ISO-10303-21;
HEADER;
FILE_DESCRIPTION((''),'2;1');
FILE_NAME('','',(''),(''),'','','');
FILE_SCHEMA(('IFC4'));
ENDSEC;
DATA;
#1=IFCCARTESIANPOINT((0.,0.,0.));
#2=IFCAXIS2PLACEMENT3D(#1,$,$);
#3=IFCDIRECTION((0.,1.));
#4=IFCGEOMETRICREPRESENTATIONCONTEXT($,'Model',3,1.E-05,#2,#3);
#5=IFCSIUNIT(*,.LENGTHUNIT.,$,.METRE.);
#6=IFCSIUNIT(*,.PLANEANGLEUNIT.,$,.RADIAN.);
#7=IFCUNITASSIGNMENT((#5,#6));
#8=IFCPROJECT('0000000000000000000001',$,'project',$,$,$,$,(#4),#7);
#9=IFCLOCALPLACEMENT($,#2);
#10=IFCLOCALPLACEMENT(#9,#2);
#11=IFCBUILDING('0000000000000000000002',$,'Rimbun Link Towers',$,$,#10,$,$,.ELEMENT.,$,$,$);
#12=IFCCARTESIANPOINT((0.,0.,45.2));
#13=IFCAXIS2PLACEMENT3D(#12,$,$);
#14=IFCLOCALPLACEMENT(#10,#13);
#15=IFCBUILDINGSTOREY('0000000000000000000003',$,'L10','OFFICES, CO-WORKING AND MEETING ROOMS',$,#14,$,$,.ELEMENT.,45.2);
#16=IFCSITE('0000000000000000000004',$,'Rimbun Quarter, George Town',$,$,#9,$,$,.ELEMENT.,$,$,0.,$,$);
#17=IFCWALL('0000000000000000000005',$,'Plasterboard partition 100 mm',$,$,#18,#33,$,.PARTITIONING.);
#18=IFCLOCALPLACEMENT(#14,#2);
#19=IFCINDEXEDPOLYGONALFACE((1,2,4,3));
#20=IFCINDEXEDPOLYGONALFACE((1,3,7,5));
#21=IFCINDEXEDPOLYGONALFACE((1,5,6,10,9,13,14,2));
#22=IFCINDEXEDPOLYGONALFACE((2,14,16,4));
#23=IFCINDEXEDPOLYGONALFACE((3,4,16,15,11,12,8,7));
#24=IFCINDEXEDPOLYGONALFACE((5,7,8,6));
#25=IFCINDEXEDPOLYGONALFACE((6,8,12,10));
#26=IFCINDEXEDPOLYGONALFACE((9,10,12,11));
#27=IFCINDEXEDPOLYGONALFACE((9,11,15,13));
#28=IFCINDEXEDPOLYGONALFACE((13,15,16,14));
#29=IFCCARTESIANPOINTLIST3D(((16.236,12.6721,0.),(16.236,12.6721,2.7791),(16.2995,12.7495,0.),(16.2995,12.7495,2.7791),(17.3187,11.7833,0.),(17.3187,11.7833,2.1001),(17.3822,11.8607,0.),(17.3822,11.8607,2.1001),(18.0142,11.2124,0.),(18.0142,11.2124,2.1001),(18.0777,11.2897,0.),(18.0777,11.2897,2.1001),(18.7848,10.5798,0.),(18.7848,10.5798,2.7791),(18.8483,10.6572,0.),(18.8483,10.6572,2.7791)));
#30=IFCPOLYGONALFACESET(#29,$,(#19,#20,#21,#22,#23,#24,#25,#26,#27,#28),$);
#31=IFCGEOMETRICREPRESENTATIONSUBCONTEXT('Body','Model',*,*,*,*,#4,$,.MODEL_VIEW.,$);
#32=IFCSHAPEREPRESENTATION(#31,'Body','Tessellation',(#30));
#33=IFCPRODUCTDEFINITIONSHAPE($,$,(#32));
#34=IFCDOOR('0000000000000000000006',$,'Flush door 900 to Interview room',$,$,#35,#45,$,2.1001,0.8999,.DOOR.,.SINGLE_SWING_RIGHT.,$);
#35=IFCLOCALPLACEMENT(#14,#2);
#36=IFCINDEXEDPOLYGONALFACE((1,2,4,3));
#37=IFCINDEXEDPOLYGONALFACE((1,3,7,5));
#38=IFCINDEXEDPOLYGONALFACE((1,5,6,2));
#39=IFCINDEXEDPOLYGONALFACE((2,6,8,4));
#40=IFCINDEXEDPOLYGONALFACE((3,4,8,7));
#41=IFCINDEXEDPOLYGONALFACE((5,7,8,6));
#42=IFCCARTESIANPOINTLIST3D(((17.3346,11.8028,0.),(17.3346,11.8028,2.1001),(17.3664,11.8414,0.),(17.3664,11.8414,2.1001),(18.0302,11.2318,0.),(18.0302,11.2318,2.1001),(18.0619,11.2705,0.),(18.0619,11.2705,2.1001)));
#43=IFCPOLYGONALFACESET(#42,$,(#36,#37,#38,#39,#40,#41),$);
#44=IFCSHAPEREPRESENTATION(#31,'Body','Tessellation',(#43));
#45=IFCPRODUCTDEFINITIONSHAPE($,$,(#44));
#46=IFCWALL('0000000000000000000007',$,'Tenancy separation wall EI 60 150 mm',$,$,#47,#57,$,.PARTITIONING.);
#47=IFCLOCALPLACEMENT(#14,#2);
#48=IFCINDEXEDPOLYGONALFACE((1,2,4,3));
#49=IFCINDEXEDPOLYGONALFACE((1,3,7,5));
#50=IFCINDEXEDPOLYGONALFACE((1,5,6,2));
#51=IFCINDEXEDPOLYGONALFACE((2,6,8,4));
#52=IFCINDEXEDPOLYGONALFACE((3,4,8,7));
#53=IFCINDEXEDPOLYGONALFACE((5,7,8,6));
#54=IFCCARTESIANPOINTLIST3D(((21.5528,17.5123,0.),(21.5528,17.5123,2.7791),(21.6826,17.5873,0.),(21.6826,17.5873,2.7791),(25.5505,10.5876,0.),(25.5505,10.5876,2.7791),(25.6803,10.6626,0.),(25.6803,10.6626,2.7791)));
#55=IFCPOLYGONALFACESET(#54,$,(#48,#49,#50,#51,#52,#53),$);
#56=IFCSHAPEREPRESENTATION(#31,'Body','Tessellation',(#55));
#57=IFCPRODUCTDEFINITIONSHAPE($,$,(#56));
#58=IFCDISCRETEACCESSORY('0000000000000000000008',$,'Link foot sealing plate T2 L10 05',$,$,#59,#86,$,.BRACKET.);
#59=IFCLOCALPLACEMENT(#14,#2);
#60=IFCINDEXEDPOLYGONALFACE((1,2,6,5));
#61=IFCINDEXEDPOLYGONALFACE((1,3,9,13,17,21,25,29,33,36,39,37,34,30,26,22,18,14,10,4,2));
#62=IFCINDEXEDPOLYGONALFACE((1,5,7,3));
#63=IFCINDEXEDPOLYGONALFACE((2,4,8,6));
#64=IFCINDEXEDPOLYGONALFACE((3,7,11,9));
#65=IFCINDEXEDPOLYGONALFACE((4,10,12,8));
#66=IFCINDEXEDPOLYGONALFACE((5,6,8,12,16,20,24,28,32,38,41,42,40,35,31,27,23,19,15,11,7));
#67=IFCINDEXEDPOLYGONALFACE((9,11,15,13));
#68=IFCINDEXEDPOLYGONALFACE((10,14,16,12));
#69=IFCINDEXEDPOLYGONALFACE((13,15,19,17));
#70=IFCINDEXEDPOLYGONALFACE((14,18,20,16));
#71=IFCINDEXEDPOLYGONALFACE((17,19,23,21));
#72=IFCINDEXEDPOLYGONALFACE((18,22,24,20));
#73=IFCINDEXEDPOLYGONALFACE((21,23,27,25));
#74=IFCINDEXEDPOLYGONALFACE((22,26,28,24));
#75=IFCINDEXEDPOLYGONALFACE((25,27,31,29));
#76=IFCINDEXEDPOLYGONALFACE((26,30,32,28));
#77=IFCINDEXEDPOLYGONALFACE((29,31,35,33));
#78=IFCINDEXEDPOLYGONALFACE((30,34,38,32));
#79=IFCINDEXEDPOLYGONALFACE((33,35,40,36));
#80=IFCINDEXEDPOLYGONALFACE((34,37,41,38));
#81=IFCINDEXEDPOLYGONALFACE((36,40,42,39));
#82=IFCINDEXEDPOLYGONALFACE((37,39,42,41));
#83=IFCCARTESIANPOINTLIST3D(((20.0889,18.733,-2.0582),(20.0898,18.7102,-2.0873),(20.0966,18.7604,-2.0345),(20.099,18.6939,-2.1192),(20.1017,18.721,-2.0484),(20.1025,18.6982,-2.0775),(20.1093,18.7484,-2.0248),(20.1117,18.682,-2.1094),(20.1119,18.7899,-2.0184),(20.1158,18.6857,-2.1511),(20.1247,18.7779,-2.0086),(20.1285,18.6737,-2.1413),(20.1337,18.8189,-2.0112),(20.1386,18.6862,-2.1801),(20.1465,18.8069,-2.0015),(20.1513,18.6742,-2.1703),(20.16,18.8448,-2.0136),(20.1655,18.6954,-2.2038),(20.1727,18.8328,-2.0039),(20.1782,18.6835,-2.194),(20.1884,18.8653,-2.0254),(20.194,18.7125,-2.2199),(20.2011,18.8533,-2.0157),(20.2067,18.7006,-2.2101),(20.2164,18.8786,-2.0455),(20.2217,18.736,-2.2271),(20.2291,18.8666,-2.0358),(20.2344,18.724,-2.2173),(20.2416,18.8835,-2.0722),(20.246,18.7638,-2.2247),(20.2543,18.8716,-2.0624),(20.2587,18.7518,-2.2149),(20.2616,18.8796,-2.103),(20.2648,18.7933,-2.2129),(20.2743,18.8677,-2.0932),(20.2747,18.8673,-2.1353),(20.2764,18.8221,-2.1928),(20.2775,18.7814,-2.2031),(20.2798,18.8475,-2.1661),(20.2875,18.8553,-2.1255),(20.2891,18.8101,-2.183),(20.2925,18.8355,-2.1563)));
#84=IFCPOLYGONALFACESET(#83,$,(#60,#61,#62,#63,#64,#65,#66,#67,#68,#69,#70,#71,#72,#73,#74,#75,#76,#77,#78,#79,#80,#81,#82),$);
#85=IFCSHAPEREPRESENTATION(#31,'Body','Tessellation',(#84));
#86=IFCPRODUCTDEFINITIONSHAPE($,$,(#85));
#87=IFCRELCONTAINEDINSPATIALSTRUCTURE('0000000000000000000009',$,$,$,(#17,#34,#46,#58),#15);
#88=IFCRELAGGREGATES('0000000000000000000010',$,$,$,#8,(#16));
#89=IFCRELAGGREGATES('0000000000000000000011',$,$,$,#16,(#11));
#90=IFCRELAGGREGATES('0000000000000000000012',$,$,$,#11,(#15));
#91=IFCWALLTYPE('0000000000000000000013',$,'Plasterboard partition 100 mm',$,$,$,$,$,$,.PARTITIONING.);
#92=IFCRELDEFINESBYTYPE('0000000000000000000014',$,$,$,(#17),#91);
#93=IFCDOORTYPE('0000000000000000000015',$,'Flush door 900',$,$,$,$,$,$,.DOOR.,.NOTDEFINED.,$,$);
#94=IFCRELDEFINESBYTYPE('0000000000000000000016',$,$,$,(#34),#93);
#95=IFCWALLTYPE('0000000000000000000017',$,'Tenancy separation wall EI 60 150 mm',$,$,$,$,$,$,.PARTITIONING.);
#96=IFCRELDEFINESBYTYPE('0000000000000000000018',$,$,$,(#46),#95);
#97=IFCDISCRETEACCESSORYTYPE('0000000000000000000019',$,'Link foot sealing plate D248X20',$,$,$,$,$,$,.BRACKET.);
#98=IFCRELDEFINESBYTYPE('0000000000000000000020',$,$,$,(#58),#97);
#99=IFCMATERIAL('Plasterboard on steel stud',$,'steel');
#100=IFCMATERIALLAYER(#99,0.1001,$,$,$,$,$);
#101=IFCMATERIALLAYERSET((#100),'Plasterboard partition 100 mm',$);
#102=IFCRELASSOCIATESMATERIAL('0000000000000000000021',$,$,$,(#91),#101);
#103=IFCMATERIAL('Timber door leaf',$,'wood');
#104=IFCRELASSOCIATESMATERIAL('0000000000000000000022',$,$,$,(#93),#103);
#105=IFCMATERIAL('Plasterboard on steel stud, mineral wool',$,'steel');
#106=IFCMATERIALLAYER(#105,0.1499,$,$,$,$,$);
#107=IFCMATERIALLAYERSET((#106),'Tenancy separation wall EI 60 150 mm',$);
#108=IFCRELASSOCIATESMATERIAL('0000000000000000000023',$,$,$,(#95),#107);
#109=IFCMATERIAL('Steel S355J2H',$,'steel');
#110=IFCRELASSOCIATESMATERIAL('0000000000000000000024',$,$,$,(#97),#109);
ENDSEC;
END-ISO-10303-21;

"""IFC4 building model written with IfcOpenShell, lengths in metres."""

from ifc_helpers import new_model, si_unit, direction, frame, frame_2d, origin, origin_2d, place, context, subcontext, project, spatial, rectangle, circle, extrude, material, layer, layer_set, material_profile, profile_set, type_object, element, fill, save


model = new_model("IFC4")

# Units and contexts
model_context = context("Model", 3, precision=1e-05, world=origin(), true_north=direction((0.0, 1.0)))
body_context = subcontext(model_context, "Body", "Model", "MODEL_VIEW")
ifc_project = project(units=[si_unit("LENGTHUNIT", "METRE"), si_unit("PLANEANGLEUNIT", "RADIAN")], contexts=[model_context])

# Site, building, storey
site_placement = place(None, origin())
site = spatial("IfcSite", under=ifc_project, at=site_placement, Name="Rimbun Quarter, George Town", CompositionType="ELEMENT", RefElevation=0.0)
building_placement = place(site_placement, origin())
building = spatial("IfcBuilding", under=site, at=building_placement, Name="Rimbun Link Towers", CompositionType="ELEMENT")
storey_placement = place(building_placement, frame((0.0, 0.0, 45.2)))
storey = spatial("IfcBuildingStorey", under=building, at=storey_placement, Name="L10", Description="OFFICES, CO-WORKING AND MEETING ROOMS", CompositionType="ELEMENT", Elevation=45.2)

# Wall, opening, door
ifc_material_1 = material(Name="Plasterboard on steel stud", Category="steel")
ifc_layer_1 = layer(ifc_material_1, 0.1001)
ifc_layer_set_1 = layer_set([ifc_layer_1], Name="Plasterboard partition 100 mm")
wall_type_1 = type_object("IfcWallType", Name="Plasterboard partition 100 mm", PredefinedType="PARTITIONING", material=ifc_layer_set_1)
wall_1_placement = place(storey_placement, frame((18.8167, 10.6184, 0.0), z_axis=(0.0, 0.0, 1.0), x_axis=(-0.772934, 0.634487, 0.0)))
wall_1 = element("IfcWall", 1, at=wall_1_placement, inside=storey, type_object=wall_type_1, Name="Plasterboard partition 100 mm", PredefinedType="PARTITIONING", context=body_context, shape_type="SweptSolid", body=[
    extrude(rectangle(XDim=3.2976, YDim=0.1001, at=frame_2d((1.6489, 0.0))), origin(), (0.0, 0.0, 1.0), 2.7791),
])
opening_1_placement = place(wall_1_placement, frame((0.9971, 0.0, 0.0)))
opening_1 = element("IfcOpeningElement", 2, at=opening_1_placement, cuts=wall_1, PredefinedType="OPENING", context=body_context, shape_type="SweptSolid", body=[
    extrude(rectangle(XDim=0.8999, YDim=2.1001, at=frame_2d((0.45, 1.05))), frame((0.0, 0.0601, 0.0), z_axis=(0.0, -1.0, 0.0), x_axis=(1.0, 0.0, 0.0)), (0.0, 0.0, 1.0), 0.1201),
])
ifc_material_2 = material(Name="Timber door leaf", Category="wood")
door_type_1 = type_object("IfcDoorType", Name="Flush door 900", OperationType="NOTDEFINED", PredefinedType="DOOR", material=ifc_material_2)
door_1_placement = place(opening_1_placement, origin())
door_1 = element("IfcDoor", 3, at=door_1_placement, inside=storey, type_object=door_type_1, Name="Flush door 900 to Interview room", OperationType="SINGLE_SWING_RIGHT", OverallHeight=2.1001, OverallWidth=0.8999, PredefinedType="DOOR", context=body_context, shape_type="SweptSolid", body=[
    extrude(rectangle(XDim=0.8999, YDim=2.1001, at=frame_2d((0.45, 1.05))), frame((0.0, 0.0249, 0.0), z_axis=(0.0, -1.0, 0.0), x_axis=(1.0, 0.0, 0.0)), (0.0, 0.0, 1.0), 0.05),
])
fill(opening_1, door_1)

# Wall
ifc_material_3 = material(Name="Plasterboard on steel stud, mineral wool", Category="steel")
ifc_layer_2 = layer(ifc_material_3, 0.1499)
ifc_layer_set_2 = layer_set([ifc_layer_2], Name="Tenancy separation wall EI 60 150 mm")
wall_type_2 = type_object("IfcWallType", Name="Tenancy separation wall EI 60 150 mm", PredefinedType="PARTITIONING", material=ifc_layer_set_2)
wall_2_placement = place(storey_placement, frame((25.6155, 10.625, 0.0), z_axis=(0.0, 0.0, 1.0), x_axis=(-0.499978, 0.866038, 0.0)))
element("IfcWall", 4, at=wall_2_placement, inside=storey, type_object=wall_type_2, Name="Tenancy separation wall EI 60 150 mm", PredefinedType="PARTITIONING", context=body_context, shape_type="SweptSolid", body=[
    extrude(rectangle(XDim=7.9958, YDim=0.1499, at=frame_2d((3.998, 0.0))), origin(), (0.0, 0.0, 1.0), 2.7791),
])

# Discrete accessory
ifc_material_4 = material(Name="Steel S355J2H", Category="steel")
ifc_material_profile_1 = material_profile(ifc_material_4, circle(Radius=0.124, at=origin_2d()), Name="PL D248")
ifc_profile_set_1 = profile_set([ifc_material_profile_1], Name="Steel S355J2H")
discrete_accessory_type = type_object("IfcDiscreteAccessoryType", Name="Link foot sealing plate D248X20", PredefinedType="BRACKET", material=ifc_profile_set_1)
discrete_accessory_placement = place(storey_placement, frame((20.1968, 18.7722, -2.1094), z_axis=(-0.635044, 0.598407, -0.488496), x_axis=(-0.685801, -0.727789, 0.0)))
element("IfcDiscreteAccessory", 5, at=discrete_accessory_placement, inside=storey, type_object=discrete_accessory_type, Name="Link foot sealing plate T2 L10 05", PredefinedType="BRACKET", context=body_context, shape_type="SweptSolid", body=[
    extrude(circle(Radius=0.124, at=origin_2d()), origin(), (0.0, 0.0, 1.0), 0.02),
])

save(model, "model.ifc")
